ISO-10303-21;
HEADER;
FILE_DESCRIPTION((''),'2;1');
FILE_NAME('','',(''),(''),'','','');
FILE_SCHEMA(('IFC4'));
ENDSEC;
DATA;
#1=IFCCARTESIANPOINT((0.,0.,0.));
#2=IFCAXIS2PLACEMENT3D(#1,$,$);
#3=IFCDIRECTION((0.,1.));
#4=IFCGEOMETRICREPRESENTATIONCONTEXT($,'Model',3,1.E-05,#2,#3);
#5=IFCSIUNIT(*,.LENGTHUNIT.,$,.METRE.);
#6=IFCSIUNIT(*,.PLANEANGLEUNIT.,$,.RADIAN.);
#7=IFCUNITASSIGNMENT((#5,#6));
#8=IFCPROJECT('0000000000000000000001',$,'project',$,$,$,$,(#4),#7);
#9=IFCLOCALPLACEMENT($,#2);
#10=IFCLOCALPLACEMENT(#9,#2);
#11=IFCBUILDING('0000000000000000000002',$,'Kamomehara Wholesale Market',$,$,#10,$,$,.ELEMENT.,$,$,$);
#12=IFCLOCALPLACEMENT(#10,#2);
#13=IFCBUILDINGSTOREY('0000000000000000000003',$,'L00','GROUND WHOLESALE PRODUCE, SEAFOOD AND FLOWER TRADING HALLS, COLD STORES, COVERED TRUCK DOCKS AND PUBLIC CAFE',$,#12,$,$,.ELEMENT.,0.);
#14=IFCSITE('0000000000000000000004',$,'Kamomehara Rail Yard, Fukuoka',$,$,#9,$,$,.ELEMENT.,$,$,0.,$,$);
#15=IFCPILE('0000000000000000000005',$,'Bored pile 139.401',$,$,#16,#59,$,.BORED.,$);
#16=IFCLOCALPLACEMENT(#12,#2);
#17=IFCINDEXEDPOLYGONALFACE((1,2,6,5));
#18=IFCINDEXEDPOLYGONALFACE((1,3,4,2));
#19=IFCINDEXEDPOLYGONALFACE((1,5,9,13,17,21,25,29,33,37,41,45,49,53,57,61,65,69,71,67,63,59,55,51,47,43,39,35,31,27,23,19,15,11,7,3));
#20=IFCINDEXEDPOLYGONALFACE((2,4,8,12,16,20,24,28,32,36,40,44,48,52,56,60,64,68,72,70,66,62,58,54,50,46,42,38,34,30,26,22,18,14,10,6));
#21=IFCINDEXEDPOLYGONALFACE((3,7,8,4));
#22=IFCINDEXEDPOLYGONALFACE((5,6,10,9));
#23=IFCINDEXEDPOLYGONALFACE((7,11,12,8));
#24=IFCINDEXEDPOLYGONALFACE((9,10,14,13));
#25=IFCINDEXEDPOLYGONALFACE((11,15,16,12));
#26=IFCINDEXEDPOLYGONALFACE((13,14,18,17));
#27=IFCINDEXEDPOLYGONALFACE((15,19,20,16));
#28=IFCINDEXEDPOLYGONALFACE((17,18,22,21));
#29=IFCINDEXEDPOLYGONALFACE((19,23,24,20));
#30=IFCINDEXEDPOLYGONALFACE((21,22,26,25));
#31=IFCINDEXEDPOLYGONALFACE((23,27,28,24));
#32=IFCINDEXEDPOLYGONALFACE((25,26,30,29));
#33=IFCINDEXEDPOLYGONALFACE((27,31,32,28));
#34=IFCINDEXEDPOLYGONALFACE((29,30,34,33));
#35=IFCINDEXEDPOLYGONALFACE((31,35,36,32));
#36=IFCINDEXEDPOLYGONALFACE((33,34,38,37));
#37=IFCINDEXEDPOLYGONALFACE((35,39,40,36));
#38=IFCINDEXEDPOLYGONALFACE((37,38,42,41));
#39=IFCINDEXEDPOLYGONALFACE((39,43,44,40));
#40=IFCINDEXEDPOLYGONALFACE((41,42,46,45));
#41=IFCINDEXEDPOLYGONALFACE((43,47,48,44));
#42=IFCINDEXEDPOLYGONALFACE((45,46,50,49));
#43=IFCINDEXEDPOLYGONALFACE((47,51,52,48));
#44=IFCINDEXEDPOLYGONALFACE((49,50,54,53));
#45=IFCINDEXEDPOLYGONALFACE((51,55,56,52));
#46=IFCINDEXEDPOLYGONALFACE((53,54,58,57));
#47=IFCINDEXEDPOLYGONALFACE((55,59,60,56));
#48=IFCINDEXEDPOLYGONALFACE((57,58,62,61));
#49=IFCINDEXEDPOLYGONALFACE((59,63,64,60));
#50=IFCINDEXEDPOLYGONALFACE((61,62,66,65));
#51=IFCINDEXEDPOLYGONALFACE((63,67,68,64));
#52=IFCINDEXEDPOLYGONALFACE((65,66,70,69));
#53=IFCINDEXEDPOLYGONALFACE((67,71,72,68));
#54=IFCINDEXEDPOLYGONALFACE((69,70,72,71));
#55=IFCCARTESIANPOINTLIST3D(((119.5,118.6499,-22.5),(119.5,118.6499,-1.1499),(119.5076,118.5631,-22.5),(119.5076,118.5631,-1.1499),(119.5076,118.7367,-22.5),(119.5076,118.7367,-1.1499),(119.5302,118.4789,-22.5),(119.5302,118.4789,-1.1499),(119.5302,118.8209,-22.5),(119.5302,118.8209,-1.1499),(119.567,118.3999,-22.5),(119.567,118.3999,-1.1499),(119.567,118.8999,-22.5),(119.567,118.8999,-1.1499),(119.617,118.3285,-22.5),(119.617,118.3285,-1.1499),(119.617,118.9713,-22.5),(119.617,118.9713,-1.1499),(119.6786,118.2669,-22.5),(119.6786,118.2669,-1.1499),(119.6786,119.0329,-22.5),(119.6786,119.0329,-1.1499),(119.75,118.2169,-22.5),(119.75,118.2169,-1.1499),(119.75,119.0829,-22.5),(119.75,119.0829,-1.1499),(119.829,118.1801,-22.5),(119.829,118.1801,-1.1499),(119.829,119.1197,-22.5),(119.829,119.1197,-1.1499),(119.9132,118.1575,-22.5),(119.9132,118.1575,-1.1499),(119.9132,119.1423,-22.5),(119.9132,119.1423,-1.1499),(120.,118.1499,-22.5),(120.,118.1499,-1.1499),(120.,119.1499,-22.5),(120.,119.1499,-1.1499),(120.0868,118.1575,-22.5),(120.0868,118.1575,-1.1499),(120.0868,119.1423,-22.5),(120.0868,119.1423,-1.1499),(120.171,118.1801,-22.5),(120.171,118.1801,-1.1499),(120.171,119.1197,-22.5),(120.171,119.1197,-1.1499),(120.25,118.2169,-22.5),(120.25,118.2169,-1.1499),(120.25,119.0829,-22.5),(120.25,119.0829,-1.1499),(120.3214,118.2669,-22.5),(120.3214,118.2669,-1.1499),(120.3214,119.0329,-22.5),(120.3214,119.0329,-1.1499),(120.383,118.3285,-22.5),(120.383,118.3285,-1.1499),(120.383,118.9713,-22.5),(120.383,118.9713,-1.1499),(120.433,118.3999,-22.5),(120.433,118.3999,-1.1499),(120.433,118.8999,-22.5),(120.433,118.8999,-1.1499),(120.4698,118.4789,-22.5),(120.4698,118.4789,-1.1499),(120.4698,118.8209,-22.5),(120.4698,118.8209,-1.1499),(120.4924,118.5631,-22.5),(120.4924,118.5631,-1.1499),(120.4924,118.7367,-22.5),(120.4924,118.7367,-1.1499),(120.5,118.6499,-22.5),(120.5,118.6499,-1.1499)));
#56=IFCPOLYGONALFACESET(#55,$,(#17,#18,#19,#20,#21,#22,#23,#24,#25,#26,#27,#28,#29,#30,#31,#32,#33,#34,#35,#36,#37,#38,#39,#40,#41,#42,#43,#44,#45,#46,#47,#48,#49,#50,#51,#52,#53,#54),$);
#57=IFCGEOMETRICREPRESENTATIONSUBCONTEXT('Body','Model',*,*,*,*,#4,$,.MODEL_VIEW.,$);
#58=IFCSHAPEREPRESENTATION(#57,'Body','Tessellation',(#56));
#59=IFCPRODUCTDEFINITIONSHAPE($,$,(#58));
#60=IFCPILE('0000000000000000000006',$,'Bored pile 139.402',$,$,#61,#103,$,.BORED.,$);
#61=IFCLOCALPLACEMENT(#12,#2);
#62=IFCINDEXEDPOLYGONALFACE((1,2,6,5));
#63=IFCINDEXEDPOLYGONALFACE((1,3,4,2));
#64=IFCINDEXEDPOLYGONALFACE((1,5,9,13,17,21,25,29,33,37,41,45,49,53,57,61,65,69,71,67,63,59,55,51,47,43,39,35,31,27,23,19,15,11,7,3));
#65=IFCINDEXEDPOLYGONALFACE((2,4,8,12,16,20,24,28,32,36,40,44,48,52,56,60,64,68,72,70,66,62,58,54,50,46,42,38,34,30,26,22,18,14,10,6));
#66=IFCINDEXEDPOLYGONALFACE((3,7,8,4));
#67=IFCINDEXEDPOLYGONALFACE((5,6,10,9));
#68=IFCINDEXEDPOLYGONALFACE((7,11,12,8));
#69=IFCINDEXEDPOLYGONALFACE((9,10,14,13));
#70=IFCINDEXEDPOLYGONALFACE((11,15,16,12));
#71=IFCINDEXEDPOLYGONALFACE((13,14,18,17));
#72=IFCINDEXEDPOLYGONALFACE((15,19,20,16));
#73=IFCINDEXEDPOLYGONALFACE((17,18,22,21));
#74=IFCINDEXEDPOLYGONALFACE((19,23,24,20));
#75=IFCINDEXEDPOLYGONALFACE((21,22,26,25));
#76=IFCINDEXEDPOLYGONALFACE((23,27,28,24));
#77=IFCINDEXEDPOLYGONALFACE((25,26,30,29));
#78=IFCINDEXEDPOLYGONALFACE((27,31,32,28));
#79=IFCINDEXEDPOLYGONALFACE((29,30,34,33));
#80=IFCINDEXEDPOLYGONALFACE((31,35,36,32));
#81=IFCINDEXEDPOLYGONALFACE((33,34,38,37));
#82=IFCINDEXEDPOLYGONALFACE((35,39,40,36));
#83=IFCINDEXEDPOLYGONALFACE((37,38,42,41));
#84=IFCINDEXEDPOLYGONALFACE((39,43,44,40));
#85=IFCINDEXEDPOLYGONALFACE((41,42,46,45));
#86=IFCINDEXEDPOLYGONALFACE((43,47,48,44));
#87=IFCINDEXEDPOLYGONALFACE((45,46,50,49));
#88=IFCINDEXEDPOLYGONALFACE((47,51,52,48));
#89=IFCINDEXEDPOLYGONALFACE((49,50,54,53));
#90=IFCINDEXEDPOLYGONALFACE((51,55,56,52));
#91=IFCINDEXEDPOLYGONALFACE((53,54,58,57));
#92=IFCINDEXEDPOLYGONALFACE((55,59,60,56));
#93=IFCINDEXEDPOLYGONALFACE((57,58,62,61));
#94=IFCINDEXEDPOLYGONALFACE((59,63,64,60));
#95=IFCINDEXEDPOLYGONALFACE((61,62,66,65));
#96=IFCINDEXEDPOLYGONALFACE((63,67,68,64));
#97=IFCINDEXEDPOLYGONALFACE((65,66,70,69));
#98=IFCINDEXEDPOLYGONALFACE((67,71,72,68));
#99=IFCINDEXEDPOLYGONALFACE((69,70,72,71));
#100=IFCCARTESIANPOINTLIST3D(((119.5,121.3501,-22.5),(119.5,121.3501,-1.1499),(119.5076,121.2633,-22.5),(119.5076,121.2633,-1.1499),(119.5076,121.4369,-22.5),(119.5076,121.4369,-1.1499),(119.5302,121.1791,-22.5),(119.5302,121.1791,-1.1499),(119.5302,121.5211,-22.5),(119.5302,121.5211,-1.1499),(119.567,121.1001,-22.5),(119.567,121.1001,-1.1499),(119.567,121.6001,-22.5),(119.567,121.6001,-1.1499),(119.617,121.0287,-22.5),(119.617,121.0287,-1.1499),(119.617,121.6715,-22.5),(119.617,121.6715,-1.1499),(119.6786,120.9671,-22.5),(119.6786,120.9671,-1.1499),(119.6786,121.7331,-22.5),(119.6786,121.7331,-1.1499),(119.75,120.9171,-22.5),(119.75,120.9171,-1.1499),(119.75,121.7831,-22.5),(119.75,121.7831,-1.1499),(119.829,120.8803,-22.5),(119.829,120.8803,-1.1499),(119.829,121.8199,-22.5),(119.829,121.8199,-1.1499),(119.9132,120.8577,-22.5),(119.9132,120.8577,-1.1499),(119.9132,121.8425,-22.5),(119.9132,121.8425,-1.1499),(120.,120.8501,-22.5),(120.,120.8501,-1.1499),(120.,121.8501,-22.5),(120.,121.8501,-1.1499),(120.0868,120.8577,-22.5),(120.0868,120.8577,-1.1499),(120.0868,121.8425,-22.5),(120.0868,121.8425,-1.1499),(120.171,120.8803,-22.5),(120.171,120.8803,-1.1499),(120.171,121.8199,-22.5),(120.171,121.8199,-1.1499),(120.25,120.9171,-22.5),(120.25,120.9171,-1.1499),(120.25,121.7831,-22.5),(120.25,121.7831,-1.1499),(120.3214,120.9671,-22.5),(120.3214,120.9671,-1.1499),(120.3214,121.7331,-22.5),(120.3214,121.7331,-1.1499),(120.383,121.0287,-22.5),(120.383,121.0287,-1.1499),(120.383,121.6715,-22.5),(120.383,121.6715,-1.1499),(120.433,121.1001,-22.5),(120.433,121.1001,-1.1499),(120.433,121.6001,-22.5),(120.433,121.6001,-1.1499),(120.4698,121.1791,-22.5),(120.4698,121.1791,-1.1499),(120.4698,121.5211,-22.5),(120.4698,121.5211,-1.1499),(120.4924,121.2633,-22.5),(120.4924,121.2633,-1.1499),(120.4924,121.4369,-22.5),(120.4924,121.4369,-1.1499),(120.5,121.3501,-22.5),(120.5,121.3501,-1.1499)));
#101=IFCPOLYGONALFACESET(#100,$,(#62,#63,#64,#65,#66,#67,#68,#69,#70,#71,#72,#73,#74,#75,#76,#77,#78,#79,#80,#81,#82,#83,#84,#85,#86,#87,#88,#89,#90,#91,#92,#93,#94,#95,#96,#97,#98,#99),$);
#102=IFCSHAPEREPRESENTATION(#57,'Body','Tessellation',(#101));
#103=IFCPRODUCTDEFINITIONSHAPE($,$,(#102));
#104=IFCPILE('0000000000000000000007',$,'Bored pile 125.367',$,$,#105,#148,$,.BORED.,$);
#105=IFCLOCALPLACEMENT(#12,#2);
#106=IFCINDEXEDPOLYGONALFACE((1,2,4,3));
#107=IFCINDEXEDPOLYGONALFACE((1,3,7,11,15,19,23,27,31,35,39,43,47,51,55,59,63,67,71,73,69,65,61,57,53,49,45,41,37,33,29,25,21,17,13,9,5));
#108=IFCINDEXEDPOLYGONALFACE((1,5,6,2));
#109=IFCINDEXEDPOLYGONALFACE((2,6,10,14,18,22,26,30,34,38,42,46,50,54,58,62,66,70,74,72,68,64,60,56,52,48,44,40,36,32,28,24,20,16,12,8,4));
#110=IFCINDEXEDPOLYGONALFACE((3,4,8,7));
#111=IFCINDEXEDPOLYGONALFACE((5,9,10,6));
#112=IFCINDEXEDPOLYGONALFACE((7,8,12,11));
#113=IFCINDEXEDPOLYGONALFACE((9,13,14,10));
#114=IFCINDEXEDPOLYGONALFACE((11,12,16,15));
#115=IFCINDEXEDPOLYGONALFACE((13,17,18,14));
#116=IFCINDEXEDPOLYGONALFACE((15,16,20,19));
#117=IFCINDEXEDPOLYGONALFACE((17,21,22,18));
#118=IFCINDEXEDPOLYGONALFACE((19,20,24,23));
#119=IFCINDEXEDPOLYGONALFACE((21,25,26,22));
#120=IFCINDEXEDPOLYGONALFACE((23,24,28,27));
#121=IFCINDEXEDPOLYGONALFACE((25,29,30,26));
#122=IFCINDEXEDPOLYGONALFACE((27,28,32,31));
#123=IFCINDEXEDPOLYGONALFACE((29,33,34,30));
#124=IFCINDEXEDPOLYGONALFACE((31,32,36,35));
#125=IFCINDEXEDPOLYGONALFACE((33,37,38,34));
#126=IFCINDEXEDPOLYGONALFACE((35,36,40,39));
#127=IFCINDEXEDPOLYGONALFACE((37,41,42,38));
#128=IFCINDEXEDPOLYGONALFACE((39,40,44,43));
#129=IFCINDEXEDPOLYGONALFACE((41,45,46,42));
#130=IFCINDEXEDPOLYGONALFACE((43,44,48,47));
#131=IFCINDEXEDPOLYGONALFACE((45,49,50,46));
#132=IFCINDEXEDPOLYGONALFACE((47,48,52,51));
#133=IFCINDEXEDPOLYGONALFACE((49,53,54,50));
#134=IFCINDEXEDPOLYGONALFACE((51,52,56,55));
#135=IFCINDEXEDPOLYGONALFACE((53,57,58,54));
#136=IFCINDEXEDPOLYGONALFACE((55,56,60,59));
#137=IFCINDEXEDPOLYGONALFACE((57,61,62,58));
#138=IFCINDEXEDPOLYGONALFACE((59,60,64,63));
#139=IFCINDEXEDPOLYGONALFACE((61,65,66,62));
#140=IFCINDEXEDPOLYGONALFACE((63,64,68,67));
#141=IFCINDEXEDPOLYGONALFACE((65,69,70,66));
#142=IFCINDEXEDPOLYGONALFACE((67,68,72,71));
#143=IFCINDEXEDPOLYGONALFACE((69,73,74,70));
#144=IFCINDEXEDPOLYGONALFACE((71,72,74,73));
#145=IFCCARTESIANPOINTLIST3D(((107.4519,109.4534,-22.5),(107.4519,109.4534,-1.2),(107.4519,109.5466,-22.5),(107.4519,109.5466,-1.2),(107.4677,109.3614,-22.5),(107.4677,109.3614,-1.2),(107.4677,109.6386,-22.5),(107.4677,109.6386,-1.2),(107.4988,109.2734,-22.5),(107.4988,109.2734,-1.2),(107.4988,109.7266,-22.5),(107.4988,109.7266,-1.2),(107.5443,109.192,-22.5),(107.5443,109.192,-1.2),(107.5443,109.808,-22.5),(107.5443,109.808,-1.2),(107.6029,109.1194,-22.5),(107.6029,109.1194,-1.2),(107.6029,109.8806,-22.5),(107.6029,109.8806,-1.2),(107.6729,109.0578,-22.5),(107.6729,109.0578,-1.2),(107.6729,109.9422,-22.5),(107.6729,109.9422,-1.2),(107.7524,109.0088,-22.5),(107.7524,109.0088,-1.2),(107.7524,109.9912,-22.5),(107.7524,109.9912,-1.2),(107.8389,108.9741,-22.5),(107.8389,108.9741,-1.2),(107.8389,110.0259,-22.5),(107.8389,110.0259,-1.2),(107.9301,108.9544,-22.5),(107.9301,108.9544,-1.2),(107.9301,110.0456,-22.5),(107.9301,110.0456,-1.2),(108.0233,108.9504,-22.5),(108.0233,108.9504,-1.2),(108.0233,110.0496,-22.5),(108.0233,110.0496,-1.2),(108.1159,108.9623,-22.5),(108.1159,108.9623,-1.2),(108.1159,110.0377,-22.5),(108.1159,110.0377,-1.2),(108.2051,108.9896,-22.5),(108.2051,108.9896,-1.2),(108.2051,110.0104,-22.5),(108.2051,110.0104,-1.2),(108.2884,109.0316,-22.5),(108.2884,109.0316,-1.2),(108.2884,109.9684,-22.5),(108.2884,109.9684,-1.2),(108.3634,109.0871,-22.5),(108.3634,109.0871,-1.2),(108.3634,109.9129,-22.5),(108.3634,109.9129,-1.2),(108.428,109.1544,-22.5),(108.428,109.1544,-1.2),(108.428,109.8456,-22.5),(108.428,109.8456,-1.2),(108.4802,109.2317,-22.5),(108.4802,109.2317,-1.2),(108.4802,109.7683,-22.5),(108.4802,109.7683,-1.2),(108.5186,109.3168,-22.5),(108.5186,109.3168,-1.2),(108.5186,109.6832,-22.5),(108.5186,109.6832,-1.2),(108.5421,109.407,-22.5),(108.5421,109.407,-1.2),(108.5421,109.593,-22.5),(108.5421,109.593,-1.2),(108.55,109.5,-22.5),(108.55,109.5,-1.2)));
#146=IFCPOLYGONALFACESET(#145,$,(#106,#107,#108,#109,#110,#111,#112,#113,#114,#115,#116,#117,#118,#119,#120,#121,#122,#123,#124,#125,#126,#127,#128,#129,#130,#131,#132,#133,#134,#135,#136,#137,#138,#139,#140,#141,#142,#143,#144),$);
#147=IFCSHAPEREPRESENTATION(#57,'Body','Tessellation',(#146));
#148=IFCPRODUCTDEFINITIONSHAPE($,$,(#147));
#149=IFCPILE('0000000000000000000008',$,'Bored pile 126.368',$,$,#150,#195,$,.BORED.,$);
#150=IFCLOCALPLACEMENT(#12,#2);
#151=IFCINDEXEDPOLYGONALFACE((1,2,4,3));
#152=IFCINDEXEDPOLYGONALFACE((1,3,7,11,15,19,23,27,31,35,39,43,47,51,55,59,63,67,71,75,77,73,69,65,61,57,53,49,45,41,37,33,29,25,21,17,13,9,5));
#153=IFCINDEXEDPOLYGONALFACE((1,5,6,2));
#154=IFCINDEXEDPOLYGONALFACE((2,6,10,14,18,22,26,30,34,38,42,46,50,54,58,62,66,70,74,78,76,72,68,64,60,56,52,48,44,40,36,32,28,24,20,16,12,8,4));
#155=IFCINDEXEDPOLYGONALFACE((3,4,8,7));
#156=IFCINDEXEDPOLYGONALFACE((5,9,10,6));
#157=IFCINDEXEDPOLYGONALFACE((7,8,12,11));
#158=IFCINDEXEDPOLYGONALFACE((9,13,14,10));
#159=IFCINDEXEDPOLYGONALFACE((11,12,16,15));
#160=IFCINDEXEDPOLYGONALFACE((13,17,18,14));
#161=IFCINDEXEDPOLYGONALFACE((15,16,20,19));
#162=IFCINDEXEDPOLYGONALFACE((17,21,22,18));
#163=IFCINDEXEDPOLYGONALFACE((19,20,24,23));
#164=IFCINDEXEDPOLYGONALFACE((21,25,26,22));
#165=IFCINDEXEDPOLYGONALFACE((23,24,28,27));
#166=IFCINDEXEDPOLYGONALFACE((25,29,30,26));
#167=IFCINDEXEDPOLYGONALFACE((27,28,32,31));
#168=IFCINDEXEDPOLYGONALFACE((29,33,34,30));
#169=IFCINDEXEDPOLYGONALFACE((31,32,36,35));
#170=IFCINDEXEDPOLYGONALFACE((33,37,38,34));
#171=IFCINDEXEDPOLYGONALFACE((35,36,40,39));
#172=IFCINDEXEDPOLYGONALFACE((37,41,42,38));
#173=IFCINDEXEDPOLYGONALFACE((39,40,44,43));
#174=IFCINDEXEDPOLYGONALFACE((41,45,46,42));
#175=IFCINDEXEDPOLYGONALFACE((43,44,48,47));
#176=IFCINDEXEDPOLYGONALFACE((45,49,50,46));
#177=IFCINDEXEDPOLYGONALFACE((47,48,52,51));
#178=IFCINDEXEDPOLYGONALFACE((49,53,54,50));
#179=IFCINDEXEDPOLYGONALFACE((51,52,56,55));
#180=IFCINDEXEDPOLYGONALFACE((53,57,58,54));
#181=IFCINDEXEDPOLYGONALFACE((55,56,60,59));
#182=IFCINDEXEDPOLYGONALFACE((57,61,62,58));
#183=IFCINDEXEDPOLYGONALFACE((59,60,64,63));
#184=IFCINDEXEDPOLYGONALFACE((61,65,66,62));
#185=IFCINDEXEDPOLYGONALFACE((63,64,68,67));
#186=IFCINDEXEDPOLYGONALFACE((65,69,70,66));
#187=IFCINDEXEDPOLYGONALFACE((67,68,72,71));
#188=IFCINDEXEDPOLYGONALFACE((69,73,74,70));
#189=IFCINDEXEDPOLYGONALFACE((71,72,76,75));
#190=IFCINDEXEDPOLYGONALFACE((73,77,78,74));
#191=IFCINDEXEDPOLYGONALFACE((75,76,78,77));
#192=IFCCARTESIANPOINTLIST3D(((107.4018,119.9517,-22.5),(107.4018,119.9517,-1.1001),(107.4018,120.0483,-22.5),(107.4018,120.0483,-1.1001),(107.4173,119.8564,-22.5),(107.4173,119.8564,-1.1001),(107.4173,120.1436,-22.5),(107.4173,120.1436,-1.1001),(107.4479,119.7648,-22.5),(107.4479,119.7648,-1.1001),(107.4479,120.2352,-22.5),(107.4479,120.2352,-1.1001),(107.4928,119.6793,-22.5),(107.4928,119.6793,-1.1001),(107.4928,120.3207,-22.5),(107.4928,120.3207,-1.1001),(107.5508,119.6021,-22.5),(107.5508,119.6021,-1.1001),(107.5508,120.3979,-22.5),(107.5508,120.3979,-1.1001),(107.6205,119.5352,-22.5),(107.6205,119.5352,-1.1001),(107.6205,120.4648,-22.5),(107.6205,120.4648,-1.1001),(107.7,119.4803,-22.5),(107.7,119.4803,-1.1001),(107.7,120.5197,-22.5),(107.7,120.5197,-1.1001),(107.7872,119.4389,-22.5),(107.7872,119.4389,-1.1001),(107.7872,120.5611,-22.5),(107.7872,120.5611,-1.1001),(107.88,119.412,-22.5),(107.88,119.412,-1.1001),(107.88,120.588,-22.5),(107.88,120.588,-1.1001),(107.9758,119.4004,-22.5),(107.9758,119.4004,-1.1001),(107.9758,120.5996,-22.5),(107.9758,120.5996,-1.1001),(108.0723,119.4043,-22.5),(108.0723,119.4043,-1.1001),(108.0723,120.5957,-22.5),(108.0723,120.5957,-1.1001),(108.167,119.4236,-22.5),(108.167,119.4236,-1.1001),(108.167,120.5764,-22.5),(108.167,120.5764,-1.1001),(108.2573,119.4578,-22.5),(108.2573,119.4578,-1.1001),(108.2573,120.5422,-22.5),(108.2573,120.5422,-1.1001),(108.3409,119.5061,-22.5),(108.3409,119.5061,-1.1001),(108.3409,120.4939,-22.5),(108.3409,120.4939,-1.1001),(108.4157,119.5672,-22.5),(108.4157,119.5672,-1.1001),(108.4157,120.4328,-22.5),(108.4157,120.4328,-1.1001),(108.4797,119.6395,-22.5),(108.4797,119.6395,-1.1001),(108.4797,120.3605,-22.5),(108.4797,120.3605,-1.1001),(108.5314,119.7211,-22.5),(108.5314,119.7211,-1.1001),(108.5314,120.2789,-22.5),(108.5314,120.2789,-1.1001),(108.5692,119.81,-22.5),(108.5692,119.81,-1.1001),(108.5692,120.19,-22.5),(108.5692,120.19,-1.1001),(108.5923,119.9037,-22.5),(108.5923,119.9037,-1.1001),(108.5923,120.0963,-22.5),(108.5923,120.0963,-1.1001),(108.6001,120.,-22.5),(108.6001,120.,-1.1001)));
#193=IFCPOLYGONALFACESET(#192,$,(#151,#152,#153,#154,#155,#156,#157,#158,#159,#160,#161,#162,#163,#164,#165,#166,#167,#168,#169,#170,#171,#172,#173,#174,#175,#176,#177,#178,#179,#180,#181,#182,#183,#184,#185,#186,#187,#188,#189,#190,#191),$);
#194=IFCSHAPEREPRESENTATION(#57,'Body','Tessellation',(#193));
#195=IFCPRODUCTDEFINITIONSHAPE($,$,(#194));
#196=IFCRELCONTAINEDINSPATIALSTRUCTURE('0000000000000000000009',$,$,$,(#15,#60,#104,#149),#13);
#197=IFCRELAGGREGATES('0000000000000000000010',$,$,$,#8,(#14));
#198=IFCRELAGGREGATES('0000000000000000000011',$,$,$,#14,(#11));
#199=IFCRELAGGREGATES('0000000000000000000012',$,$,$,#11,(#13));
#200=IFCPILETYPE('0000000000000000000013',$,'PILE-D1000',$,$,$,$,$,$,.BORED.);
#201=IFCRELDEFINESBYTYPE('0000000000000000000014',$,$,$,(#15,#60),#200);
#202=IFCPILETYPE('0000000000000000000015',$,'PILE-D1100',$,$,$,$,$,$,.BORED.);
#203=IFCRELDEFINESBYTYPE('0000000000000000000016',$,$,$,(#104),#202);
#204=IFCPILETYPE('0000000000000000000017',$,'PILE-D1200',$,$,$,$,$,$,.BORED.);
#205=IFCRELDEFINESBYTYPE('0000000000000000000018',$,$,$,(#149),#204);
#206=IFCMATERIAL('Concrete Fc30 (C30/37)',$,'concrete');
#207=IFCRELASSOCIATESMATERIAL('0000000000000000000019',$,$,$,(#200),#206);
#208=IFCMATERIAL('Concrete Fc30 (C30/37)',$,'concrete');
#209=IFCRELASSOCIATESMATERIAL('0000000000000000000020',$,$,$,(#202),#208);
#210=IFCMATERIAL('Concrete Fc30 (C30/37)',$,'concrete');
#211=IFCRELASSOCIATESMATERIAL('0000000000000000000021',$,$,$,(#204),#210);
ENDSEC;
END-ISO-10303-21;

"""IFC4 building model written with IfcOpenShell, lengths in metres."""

from ifc_helpers import new_model, si_unit, direction, frame, origin, origin_2d, place, context, subcontext, project, spatial, circle, extrude, material, material_profile, profile_set, type_object, element, save


model = new_model("IFC4")

# Units and contexts
model_context = context("Model", 3, precision=1e-05, world=origin(), true_north=direction((0.0, 1.0)))
body_context = subcontext(model_context, "Body", "Model", "MODEL_VIEW")
ifc_project = project(units=[si_unit("LENGTHUNIT", "METRE"), si_unit("PLANEANGLEUNIT", "RADIAN")], contexts=[model_context])

# Site, building, storey
site_placement = place(None, origin())
site = spatial("IfcSite", under=ifc_project, at=site_placement, Name="Kamomehara Rail Yard, Fukuoka", CompositionType="ELEMENT", RefElevation=0.0)
building_placement = place(site_placement, origin())
building = spatial("IfcBuilding", under=site, at=building_placement, Name="Kamomehara Wholesale Market", CompositionType="ELEMENT")
storey_placement = place(building_placement, origin())
storey = spatial("IfcBuildingStorey", under=building, at=storey_placement, Name="L00", Description="GROUND WHOLESALE PRODUCE, SEAFOOD AND FLOWER TRADING HALLS, COLD STORES, COVERED TRUCK DOCKS AND PUBLIC CAFE", CompositionType="ELEMENT", Elevation=0.0)

# Piles
ifc_material_1 = material(Name="Concrete Fc30 (C30/37)", Category="concrete")
ifc_material_profile_1 = material_profile(ifc_material_1, circle(Radius=0.5, at=origin_2d()), Name="RC-PILE-D1000")
ifc_profile_set_1 = profile_set([ifc_material_profile_1], Name="Concrete Fc30 (C30/37)")
pile_type_1 = type_object("IfcPileType", Name="PILE-D1000", PredefinedType="BORED", material=ifc_profile_set_1)
for number, where, z_axis, x_axis, name in (
    (1, (120.0, 118.6499, -1.1499), (0.0, 0.0, -1.0), (1.0, 0.0, 0.0), "Bored pile 139.401"),
    (2, (120.0, 121.3501, -1.1499), (0.0, 0.0, -1.0), (1.0, 0.0, 0.0), "Bored pile 139.402"),
):
    element("IfcPile", number, at=place(storey_placement, frame(where, z_axis=z_axis, x_axis=x_axis)), inside=storey, type_object=pile_type_1, Name=name, PredefinedType="BORED", context=body_context, shape_type="SweptSolid", body=[
        extrude(circle(Radius=0.5, at=origin_2d()), origin(), (0.0, 0.0, 1.0), 21.3501),
    ])
ifc_material_2 = material(Name="Concrete Fc30 (C30/37)", Category="concrete")
ifc_material_profile_2 = material_profile(ifc_material_2, circle(Radius=0.55, at=origin_2d()), Name="RC-PILE-D1100")
ifc_profile_set_2 = profile_set([ifc_material_profile_2], Name="Concrete Fc30 (C30/37)")
pile_type_2 = type_object("IfcPileType", Name="PILE-D1100", PredefinedType="BORED", material=ifc_profile_set_2)
pile_1_placement = place(storey_placement, frame((108.0, 109.5, -1.2), z_axis=(0.0, 0.0, -1.0), x_axis=(1.0, 0.0, 0.0)))
element("IfcPile", 3, at=pile_1_placement, inside=storey, type_object=pile_type_2, Name="Bored pile 125.367", PredefinedType="BORED", context=body_context, shape_type="SweptSolid", body=[
    extrude(circle(Radius=0.55, at=origin_2d()), origin(), (0.0, 0.0, 1.0), 21.3),
])
ifc_material_3 = material(Name="Concrete Fc30 (C30/37)", Category="concrete")
ifc_material_profile_3 = material_profile(ifc_material_3, circle(Radius=0.6001, at=origin_2d()), Name="RC-PILE-D1200")
ifc_profile_set_3 = profile_set([ifc_material_profile_3], Name="Concrete Fc30 (C30/37)")
pile_type_3 = type_object("IfcPileType", Name="PILE-D1200", PredefinedType="BORED", material=ifc_profile_set_3)
pile_2_placement = place(storey_placement, frame((108.0, 120.0, -1.1001), z_axis=(0.0, 0.0, -1.0), x_axis=(1.0, 0.0, 0.0)))
element("IfcPile", 4, at=pile_2_placement, inside=storey, type_object=pile_type_3, Name="Bored pile 126.368", PredefinedType="BORED", context=body_context, shape_type="SweptSolid", body=[
    extrude(circle(Radius=0.6001, at=origin_2d()), origin(), (0.0, 0.0, 1.0), 21.3999),
])

save(model, "model.ifc")
